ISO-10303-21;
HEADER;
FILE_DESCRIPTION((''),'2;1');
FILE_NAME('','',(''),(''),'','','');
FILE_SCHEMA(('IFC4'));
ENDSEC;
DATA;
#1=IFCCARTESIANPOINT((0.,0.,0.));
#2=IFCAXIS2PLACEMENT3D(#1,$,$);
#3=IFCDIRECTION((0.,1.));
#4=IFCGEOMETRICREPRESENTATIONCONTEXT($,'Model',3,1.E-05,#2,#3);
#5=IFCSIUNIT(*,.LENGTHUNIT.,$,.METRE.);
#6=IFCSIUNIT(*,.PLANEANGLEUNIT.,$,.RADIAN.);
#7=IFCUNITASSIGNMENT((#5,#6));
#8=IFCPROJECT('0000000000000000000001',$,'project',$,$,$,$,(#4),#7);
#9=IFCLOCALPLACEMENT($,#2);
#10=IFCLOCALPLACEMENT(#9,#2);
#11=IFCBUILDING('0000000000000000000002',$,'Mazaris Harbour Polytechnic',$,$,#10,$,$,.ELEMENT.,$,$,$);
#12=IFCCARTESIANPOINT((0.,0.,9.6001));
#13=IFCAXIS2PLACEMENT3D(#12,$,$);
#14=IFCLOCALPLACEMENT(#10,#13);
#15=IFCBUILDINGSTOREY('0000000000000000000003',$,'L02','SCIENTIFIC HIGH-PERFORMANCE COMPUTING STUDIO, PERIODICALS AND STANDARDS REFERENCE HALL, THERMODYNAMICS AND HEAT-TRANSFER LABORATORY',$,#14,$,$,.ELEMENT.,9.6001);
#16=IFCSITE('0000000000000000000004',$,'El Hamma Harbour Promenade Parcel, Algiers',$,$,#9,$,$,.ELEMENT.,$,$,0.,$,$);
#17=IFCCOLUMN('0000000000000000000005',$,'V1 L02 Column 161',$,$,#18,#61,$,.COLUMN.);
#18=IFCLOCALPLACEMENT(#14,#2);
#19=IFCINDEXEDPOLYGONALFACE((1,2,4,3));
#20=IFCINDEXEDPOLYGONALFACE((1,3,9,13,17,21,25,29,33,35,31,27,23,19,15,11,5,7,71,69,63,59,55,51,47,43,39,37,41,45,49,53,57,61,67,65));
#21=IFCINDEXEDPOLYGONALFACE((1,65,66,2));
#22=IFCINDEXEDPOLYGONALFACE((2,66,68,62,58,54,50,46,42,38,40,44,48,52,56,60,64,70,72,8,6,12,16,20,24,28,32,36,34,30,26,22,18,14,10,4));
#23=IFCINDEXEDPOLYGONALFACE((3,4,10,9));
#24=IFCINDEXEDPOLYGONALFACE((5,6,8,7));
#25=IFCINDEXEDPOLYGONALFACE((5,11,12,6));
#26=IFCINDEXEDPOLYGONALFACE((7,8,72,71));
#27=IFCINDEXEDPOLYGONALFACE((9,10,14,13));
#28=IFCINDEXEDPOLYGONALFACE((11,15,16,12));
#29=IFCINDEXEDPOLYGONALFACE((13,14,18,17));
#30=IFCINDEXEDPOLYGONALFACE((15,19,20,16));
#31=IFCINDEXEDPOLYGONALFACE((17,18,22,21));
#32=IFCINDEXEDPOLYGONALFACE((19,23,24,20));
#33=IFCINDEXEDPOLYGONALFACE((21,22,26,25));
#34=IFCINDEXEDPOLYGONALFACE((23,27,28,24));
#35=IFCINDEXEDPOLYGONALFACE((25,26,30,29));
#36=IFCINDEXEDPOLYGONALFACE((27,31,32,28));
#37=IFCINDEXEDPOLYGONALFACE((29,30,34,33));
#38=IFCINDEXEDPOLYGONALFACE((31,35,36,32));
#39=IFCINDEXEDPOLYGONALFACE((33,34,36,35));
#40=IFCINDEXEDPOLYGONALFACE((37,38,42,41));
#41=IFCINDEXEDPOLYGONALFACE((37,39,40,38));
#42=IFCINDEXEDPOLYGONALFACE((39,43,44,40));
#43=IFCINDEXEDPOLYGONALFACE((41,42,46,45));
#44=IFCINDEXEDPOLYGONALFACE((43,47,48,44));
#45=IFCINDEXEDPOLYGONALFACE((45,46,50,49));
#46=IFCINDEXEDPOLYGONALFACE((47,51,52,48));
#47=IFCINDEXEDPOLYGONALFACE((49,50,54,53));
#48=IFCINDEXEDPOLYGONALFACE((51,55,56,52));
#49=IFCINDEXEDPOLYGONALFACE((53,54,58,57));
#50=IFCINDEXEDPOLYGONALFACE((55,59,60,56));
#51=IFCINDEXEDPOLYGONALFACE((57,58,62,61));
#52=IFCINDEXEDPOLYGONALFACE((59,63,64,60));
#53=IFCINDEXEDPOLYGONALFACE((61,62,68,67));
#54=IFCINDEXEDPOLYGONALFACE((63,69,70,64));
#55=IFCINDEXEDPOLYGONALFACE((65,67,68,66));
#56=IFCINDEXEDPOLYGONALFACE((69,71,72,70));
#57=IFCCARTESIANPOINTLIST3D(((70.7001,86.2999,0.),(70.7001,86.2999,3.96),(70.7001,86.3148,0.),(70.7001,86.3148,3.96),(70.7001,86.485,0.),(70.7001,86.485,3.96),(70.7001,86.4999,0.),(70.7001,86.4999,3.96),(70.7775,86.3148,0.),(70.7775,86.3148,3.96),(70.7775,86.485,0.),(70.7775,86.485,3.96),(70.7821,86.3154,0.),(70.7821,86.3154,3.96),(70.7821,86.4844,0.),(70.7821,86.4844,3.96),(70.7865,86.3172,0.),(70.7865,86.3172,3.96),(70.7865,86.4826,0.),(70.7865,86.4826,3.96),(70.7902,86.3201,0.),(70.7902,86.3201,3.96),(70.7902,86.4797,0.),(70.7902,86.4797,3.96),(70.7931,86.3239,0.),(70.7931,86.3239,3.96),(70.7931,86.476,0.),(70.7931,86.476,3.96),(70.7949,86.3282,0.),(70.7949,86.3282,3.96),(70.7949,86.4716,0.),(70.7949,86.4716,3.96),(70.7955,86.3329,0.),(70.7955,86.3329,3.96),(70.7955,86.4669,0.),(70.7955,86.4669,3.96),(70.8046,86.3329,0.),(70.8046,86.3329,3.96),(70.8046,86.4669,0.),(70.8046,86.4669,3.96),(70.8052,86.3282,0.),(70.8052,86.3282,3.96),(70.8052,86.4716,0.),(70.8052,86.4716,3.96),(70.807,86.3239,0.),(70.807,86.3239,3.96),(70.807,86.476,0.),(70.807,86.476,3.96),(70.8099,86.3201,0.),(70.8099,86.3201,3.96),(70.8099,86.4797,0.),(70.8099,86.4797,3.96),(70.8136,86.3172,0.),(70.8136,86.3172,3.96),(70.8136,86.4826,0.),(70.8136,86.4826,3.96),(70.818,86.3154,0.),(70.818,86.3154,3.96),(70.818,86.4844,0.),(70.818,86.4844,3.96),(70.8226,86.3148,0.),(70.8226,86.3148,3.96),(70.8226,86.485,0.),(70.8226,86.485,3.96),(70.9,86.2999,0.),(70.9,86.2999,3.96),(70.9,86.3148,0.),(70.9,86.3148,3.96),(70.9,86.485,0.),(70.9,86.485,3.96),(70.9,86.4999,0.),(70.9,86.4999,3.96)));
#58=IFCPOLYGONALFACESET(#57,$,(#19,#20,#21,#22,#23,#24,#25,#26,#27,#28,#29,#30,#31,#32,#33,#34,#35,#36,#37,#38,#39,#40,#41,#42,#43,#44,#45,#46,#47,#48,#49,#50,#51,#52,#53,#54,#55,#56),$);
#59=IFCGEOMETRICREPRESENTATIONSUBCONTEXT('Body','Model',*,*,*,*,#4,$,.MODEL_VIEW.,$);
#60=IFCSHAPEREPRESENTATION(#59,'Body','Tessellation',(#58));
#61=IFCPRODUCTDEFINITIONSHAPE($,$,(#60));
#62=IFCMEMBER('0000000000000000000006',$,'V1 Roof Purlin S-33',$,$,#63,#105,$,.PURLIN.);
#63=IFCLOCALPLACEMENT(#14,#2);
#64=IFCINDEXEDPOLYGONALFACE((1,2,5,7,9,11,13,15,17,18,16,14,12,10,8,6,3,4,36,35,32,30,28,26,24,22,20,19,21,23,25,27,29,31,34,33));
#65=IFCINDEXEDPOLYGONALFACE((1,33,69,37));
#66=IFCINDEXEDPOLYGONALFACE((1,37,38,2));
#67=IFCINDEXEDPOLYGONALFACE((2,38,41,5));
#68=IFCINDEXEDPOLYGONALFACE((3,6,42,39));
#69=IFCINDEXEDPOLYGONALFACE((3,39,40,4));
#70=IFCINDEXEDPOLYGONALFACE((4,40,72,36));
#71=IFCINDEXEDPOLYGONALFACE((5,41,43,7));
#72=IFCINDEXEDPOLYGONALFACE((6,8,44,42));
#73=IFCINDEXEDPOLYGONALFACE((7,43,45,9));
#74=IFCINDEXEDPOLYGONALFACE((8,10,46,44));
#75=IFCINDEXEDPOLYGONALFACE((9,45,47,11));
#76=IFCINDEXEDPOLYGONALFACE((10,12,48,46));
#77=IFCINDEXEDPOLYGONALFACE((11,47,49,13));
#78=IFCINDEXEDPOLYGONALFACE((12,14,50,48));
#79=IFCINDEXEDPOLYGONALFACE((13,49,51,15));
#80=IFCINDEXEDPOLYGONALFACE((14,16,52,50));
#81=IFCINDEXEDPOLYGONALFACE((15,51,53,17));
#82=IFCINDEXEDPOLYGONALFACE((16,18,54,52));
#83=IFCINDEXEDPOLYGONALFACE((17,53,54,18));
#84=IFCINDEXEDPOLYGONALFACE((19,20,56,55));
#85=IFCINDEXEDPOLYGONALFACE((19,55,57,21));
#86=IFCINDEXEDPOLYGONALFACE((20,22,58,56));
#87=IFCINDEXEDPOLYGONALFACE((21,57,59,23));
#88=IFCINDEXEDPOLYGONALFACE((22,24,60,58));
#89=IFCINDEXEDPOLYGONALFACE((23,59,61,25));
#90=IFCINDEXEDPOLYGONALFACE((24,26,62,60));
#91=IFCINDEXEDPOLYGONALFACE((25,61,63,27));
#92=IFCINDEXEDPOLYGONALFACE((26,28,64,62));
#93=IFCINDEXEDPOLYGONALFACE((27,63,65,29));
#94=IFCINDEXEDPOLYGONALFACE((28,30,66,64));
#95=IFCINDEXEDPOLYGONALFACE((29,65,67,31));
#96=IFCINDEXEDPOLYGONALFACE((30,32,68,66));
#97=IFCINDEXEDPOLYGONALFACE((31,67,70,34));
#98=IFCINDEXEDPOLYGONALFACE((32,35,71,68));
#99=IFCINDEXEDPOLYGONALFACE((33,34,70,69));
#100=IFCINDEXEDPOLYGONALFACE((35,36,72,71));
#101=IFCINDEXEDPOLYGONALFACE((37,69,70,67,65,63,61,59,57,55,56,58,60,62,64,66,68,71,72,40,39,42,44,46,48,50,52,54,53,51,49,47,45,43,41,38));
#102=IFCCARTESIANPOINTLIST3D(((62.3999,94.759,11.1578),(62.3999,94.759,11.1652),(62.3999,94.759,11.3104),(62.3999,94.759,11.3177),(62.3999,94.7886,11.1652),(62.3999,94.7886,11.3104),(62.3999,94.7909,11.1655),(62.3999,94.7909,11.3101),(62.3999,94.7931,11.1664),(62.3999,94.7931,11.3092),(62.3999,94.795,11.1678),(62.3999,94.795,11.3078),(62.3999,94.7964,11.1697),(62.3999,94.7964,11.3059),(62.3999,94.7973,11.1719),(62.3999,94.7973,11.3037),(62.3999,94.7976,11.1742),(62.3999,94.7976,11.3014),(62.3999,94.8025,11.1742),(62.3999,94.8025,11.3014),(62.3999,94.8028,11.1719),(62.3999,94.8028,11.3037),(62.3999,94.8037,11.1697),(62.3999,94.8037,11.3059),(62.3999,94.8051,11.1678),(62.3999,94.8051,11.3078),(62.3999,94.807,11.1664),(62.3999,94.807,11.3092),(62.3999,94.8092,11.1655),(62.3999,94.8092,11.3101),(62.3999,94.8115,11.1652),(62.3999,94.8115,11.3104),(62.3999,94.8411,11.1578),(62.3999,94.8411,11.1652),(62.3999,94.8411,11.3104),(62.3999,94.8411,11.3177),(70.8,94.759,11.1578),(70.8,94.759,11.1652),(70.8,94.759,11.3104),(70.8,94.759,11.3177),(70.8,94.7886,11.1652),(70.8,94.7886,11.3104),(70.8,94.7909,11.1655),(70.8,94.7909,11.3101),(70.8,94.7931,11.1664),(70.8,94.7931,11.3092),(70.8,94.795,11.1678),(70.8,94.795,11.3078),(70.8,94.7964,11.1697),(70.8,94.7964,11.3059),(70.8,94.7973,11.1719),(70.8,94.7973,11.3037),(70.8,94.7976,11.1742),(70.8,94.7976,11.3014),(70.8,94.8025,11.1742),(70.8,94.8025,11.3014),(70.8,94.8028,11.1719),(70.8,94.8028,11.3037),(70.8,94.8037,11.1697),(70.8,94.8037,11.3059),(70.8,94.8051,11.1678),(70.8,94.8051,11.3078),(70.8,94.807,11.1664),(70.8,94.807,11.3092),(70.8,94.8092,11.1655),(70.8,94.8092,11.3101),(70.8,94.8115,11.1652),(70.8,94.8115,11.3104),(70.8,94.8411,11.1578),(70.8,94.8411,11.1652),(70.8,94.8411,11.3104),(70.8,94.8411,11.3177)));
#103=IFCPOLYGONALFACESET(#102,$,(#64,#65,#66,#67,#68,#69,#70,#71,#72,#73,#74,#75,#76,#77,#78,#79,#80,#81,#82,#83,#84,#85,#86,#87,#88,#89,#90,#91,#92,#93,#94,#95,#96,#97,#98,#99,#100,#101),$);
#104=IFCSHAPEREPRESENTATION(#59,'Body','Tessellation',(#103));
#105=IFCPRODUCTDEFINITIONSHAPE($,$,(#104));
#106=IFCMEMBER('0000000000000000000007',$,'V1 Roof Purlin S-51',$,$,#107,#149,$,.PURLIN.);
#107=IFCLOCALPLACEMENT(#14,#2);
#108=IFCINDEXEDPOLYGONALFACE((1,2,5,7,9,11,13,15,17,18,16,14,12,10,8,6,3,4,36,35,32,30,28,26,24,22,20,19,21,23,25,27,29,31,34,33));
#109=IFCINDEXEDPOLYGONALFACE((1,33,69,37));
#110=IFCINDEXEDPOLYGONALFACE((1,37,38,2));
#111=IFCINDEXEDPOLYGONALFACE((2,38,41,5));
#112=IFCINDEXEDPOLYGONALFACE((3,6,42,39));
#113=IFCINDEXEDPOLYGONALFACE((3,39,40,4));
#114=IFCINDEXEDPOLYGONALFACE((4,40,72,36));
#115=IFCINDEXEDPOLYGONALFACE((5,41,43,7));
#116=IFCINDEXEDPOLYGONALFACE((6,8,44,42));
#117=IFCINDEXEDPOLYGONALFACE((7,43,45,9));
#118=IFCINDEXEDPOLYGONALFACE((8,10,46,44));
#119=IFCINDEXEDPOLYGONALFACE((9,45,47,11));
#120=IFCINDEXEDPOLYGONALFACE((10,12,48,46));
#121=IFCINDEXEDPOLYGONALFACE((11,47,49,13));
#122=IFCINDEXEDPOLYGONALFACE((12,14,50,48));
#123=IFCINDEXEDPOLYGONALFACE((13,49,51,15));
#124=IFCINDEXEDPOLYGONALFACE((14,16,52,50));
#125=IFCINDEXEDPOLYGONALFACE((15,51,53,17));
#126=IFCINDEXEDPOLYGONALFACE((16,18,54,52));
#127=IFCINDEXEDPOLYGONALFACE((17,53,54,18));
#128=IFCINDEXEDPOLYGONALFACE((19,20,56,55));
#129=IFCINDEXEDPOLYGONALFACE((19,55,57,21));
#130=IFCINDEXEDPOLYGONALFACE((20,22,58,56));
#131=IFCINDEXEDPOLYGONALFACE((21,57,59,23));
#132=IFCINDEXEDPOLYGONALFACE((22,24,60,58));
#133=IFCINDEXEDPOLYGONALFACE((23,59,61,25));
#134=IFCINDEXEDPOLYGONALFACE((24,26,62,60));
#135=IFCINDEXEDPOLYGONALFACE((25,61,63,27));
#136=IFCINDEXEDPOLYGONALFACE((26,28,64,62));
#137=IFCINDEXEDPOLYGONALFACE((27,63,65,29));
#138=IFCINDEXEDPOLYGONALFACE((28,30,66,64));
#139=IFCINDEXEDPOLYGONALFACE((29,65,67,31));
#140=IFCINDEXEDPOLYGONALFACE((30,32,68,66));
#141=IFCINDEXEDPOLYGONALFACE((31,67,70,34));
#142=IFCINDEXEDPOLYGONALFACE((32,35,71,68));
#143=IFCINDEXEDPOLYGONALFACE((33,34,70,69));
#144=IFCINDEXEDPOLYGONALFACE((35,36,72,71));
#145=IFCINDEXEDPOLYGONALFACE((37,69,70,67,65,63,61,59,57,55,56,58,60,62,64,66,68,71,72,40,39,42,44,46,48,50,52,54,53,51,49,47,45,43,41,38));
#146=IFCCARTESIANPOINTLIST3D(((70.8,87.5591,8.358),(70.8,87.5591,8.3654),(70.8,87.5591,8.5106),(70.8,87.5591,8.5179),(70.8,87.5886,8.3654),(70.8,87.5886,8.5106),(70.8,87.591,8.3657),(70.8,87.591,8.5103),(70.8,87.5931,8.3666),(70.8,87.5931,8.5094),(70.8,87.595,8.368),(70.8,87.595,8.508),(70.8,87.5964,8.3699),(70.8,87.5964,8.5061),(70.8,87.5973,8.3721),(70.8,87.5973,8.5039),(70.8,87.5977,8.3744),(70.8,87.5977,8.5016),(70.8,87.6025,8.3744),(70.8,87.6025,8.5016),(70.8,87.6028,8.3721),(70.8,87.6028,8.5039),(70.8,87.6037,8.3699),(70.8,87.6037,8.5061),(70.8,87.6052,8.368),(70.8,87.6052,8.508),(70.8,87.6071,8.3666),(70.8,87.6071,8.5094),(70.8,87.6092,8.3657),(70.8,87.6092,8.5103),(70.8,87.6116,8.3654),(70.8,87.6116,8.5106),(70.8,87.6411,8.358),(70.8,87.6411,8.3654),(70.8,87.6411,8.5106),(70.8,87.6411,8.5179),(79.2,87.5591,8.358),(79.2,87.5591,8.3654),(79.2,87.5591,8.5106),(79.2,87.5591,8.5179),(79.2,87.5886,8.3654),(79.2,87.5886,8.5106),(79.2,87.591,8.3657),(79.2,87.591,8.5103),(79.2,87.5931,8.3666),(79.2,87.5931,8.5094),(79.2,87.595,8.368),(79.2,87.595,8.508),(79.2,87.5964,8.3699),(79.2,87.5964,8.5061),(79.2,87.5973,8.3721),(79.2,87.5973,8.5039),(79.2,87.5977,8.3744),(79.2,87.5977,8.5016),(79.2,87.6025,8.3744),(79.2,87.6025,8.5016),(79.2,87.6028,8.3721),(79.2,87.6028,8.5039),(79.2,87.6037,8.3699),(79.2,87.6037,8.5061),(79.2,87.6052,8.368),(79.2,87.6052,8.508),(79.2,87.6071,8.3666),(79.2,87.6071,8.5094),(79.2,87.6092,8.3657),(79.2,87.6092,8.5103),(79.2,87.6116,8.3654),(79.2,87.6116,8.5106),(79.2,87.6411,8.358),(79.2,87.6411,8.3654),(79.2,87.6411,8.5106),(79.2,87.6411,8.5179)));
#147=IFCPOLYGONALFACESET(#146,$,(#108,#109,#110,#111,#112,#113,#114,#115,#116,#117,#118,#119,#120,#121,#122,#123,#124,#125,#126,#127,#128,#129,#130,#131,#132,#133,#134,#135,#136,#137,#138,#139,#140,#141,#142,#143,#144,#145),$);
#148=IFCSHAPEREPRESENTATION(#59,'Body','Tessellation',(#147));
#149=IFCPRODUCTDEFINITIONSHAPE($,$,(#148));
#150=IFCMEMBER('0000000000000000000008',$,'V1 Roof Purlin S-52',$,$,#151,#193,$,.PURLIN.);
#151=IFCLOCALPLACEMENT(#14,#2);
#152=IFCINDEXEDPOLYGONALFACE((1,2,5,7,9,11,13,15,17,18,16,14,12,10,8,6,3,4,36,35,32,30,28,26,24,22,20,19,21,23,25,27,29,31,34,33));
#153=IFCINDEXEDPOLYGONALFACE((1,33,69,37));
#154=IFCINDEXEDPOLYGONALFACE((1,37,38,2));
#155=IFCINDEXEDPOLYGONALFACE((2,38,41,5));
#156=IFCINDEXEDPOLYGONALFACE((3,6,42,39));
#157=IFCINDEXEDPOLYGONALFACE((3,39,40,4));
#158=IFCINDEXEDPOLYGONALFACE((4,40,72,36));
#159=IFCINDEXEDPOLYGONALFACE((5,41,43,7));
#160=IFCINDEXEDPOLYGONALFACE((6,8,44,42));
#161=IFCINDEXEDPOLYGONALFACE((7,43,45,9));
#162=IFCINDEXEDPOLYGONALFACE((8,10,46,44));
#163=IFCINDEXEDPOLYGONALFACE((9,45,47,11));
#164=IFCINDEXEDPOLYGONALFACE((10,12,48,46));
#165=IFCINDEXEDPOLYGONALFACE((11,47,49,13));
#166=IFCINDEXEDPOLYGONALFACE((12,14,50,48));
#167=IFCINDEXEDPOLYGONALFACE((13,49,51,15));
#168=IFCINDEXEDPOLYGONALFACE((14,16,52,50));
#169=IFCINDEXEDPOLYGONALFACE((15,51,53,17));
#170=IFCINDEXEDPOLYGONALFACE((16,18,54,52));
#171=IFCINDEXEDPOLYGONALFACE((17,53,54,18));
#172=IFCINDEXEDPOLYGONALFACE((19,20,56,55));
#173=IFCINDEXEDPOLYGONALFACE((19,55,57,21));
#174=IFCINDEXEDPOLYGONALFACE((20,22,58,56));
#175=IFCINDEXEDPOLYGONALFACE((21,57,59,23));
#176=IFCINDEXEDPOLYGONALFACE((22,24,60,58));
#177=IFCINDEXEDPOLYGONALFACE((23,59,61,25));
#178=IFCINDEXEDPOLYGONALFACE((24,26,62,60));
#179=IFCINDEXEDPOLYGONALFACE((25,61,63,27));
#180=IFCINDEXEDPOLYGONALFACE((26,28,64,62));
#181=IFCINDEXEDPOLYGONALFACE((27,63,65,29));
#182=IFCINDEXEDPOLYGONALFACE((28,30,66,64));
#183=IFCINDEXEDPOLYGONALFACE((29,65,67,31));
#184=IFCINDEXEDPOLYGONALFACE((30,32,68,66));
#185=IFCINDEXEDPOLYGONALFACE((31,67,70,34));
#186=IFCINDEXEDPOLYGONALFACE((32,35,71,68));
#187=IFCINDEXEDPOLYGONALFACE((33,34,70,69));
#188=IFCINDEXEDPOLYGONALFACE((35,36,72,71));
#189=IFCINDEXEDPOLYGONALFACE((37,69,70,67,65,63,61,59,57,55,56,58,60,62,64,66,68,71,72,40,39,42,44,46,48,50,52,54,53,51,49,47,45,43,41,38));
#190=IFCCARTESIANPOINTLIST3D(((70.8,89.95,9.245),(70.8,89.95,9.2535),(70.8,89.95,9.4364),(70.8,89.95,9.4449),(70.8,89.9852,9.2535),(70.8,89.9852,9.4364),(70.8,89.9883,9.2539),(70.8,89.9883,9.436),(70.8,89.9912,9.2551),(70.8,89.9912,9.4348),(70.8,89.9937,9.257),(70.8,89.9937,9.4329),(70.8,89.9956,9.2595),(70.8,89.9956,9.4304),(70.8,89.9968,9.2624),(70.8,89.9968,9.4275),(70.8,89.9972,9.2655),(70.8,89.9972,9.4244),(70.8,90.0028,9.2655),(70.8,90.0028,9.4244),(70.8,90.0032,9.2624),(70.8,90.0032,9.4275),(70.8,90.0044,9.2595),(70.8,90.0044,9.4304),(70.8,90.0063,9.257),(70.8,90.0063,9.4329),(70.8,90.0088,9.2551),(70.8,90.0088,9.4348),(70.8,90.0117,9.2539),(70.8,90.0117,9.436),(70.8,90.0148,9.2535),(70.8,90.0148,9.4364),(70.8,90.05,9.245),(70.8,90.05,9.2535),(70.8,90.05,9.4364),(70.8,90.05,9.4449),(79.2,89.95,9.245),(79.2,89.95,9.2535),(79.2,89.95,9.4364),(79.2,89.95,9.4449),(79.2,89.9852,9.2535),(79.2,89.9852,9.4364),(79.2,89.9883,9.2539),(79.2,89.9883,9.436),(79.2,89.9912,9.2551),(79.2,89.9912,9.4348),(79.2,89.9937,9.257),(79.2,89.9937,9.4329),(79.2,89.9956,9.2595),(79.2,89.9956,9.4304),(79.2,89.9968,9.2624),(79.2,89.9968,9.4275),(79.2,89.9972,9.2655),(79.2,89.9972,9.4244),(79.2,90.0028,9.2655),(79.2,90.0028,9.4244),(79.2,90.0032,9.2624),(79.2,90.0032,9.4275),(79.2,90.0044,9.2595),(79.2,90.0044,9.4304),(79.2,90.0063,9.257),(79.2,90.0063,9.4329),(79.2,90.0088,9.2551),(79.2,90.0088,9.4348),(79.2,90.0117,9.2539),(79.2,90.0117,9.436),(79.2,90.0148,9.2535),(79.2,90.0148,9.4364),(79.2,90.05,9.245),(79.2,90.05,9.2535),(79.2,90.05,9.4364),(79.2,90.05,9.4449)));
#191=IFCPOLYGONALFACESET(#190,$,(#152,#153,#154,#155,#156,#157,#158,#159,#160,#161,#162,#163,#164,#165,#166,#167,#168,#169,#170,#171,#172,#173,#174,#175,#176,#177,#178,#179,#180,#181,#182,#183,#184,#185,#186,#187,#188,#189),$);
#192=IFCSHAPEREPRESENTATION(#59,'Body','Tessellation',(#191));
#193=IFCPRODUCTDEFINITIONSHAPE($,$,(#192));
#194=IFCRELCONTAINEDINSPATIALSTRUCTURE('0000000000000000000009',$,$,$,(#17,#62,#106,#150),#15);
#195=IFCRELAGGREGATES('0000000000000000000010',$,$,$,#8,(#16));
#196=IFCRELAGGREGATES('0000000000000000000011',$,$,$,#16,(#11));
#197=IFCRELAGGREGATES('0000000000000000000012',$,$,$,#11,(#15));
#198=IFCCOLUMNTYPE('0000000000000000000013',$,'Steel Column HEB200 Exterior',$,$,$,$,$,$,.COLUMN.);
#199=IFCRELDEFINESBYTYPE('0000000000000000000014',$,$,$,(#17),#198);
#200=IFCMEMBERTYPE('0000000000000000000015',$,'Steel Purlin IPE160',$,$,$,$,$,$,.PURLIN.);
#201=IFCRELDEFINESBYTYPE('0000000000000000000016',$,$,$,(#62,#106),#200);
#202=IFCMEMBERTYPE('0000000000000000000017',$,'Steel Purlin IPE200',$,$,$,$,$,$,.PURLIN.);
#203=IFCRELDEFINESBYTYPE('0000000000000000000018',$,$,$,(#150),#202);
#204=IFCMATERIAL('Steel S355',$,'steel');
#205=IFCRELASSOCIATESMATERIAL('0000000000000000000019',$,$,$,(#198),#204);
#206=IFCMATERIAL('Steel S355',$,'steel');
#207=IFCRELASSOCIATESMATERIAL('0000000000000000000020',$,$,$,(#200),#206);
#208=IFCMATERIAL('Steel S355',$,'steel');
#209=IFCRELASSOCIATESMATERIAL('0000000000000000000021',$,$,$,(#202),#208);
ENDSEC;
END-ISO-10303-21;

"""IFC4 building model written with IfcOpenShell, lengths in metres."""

from ifc_helpers import new_model, si_unit, direction, frame, origin, origin_2d, place, context, subcontext, project, spatial, i_section, extrude, material, material_profile, profile_set, type_object, element, save


model = new_model("IFC4")

# Units and contexts
model_context = context("Model", 3, precision=1e-05, world=origin(), true_north=direction((0.0, 1.0)))
body_context = subcontext(model_context, "Body", "Model", "MODEL_VIEW")
ifc_project = project(units=[si_unit("LENGTHUNIT", "METRE"), si_unit("PLANEANGLEUNIT", "RADIAN")], contexts=[model_context])

# Site, building, storey
site_placement = place(None, origin())
site = spatial("IfcSite", under=ifc_project, at=site_placement, Name="El Hamma Harbour Promenade Parcel, Algiers", CompositionType="ELEMENT", RefElevation=0.0)
building_placement = place(site_placement, origin())
building = spatial("IfcBuilding", under=site, at=building_placement, Name="Mazaris Harbour Polytechnic", CompositionType="ELEMENT")
storey_placement = place(building_placement, frame((0.0, 0.0, 9.6001)))
storey = spatial("IfcBuildingStorey", under=building, at=storey_placement, Name="L02", Description="SCIENTIFIC HIGH-PERFORMANCE COMPUTING STUDIO, PERIODICALS AND STANDARDS REFERENCE HALL, THERMODYNAMICS AND HEAT-TRANSFER LABORATORY", CompositionType="ELEMENT", Elevation=9.6001)

# Column
ifc_material_1 = material(Name="Steel S355", Category="steel")
ifc_material_profile_1 = material_profile(ifc_material_1, i_section(OverallWidth=0.2, OverallDepth=0.2, WebThickness=0.009, FlangeThickness=0.0149, FilletRadius=0.0181, at=origin_2d()), Name="HEB 200")
ifc_profile_set_1 = profile_set([ifc_material_profile_1], Name="Steel S355")
column_type = type_object("IfcColumnType", Name="Steel Column HEB200 Exterior", PredefinedType="COLUMN", material=ifc_profile_set_1)
column_placement = place(storey_placement, frame((70.8, 86.3999, 0.0), z_axis=(0.0, 0.0, 1.0), x_axis=(1.0, 0.0, 0.0)))
element("IfcColumn", 1, at=column_placement, inside=storey, type_object=column_type, Name="V1 L02 Column 161", PredefinedType="COLUMN", context=body_context, shape_type="SweptSolid", body=[
    extrude(i_section(OverallWidth=0.2, OverallDepth=0.2, WebThickness=0.009, FlangeThickness=0.0149, FilletRadius=0.0181, at=origin_2d()), origin(), (0.0, 0.0, 1.0), 3.96),
])

# Members
ifc_material_2 = material(Name="Steel S355", Category="steel")
ifc_material_profile_2 = material_profile(ifc_material_2, i_section(OverallWidth=0.082, OverallDepth=0.1599, WebThickness=0.0049, FlangeThickness=0.0073, FilletRadius=0.009, at=origin_2d()), Name="IPE 160")
ifc_profile_set_2 = profile_set([ifc_material_profile_2], Name="Steel S355")
member_type_1 = type_object("IfcMemberType", Name="Steel Purlin IPE160", PredefinedType="PURLIN", material=ifc_profile_set_2)
member_1_placement = place(storey_placement, frame((62.3999, 94.8, 11.2378), z_axis=(1.0, 0.0, 0.0), x_axis=(0.0, 1.0, 0.0)))
element("IfcMember", 2, at=member_1_placement, inside=storey, type_object=member_type_1, Name="V1 Roof Purlin S-33", PredefinedType="PURLIN", context=body_context, shape_type="SweptSolid", body=[
    extrude(i_section(OverallWidth=0.082, OverallDepth=0.1599, WebThickness=0.0049, FlangeThickness=0.0073, FilletRadius=0.009, at=origin_2d()), origin(), (0.0, 0.0, 1.0), 8.4001),
])
member_2_placement = place(storey_placement, frame((70.8, 87.6001, 8.438), z_axis=(1.0, 0.0, 0.0), x_axis=(0.0, 1.0, 0.0)))
element("IfcMember", 3, at=member_2_placement, inside=storey, type_object=member_type_1, Name="V1 Roof Purlin S-51", PredefinedType="PURLIN", context=body_context, shape_type="SweptSolid", body=[
    extrude(i_section(OverallWidth=0.082, OverallDepth=0.1599, WebThickness=0.0049, FlangeThickness=0.0073, FilletRadius=0.009, at=origin_2d()), origin(), (0.0, 0.0, 1.0), 8.3999),
])
ifc_material_3 = material(Name="Steel S355", Category="steel")
ifc_material_profile_3 = material_profile(ifc_material_3, i_section(OverallWidth=0.1001, OverallDepth=0.2, WebThickness=0.0056, FlangeThickness=0.0085, FilletRadius=0.012, at=origin_2d()), Name="IPE 200")
ifc_profile_set_3 = profile_set([ifc_material_profile_3], Name="Steel S355")
member_type_2 = type_object("IfcMemberType", Name="Steel Purlin IPE200", PredefinedType="PURLIN", material=ifc_profile_set_3)
member_3_placement = place(storey_placement, frame((70.8, 90.0, 9.345), z_axis=(1.0, 0.0, 0.0), x_axis=(0.0, 1.0, 0.0)))
element("IfcMember", 4, at=member_3_placement, inside=storey, type_object=member_type_2, Name="V1 Roof Purlin S-52", PredefinedType="PURLIN", context=body_context, shape_type="SweptSolid", body=[
    extrude(i_section(OverallWidth=0.1001, OverallDepth=0.2, WebThickness=0.0056, FlangeThickness=0.0085, FilletRadius=0.012, at=origin_2d()), origin(), (0.0, 0.0, 1.0), 8.3999),
])

save(model, "model.ifc")
